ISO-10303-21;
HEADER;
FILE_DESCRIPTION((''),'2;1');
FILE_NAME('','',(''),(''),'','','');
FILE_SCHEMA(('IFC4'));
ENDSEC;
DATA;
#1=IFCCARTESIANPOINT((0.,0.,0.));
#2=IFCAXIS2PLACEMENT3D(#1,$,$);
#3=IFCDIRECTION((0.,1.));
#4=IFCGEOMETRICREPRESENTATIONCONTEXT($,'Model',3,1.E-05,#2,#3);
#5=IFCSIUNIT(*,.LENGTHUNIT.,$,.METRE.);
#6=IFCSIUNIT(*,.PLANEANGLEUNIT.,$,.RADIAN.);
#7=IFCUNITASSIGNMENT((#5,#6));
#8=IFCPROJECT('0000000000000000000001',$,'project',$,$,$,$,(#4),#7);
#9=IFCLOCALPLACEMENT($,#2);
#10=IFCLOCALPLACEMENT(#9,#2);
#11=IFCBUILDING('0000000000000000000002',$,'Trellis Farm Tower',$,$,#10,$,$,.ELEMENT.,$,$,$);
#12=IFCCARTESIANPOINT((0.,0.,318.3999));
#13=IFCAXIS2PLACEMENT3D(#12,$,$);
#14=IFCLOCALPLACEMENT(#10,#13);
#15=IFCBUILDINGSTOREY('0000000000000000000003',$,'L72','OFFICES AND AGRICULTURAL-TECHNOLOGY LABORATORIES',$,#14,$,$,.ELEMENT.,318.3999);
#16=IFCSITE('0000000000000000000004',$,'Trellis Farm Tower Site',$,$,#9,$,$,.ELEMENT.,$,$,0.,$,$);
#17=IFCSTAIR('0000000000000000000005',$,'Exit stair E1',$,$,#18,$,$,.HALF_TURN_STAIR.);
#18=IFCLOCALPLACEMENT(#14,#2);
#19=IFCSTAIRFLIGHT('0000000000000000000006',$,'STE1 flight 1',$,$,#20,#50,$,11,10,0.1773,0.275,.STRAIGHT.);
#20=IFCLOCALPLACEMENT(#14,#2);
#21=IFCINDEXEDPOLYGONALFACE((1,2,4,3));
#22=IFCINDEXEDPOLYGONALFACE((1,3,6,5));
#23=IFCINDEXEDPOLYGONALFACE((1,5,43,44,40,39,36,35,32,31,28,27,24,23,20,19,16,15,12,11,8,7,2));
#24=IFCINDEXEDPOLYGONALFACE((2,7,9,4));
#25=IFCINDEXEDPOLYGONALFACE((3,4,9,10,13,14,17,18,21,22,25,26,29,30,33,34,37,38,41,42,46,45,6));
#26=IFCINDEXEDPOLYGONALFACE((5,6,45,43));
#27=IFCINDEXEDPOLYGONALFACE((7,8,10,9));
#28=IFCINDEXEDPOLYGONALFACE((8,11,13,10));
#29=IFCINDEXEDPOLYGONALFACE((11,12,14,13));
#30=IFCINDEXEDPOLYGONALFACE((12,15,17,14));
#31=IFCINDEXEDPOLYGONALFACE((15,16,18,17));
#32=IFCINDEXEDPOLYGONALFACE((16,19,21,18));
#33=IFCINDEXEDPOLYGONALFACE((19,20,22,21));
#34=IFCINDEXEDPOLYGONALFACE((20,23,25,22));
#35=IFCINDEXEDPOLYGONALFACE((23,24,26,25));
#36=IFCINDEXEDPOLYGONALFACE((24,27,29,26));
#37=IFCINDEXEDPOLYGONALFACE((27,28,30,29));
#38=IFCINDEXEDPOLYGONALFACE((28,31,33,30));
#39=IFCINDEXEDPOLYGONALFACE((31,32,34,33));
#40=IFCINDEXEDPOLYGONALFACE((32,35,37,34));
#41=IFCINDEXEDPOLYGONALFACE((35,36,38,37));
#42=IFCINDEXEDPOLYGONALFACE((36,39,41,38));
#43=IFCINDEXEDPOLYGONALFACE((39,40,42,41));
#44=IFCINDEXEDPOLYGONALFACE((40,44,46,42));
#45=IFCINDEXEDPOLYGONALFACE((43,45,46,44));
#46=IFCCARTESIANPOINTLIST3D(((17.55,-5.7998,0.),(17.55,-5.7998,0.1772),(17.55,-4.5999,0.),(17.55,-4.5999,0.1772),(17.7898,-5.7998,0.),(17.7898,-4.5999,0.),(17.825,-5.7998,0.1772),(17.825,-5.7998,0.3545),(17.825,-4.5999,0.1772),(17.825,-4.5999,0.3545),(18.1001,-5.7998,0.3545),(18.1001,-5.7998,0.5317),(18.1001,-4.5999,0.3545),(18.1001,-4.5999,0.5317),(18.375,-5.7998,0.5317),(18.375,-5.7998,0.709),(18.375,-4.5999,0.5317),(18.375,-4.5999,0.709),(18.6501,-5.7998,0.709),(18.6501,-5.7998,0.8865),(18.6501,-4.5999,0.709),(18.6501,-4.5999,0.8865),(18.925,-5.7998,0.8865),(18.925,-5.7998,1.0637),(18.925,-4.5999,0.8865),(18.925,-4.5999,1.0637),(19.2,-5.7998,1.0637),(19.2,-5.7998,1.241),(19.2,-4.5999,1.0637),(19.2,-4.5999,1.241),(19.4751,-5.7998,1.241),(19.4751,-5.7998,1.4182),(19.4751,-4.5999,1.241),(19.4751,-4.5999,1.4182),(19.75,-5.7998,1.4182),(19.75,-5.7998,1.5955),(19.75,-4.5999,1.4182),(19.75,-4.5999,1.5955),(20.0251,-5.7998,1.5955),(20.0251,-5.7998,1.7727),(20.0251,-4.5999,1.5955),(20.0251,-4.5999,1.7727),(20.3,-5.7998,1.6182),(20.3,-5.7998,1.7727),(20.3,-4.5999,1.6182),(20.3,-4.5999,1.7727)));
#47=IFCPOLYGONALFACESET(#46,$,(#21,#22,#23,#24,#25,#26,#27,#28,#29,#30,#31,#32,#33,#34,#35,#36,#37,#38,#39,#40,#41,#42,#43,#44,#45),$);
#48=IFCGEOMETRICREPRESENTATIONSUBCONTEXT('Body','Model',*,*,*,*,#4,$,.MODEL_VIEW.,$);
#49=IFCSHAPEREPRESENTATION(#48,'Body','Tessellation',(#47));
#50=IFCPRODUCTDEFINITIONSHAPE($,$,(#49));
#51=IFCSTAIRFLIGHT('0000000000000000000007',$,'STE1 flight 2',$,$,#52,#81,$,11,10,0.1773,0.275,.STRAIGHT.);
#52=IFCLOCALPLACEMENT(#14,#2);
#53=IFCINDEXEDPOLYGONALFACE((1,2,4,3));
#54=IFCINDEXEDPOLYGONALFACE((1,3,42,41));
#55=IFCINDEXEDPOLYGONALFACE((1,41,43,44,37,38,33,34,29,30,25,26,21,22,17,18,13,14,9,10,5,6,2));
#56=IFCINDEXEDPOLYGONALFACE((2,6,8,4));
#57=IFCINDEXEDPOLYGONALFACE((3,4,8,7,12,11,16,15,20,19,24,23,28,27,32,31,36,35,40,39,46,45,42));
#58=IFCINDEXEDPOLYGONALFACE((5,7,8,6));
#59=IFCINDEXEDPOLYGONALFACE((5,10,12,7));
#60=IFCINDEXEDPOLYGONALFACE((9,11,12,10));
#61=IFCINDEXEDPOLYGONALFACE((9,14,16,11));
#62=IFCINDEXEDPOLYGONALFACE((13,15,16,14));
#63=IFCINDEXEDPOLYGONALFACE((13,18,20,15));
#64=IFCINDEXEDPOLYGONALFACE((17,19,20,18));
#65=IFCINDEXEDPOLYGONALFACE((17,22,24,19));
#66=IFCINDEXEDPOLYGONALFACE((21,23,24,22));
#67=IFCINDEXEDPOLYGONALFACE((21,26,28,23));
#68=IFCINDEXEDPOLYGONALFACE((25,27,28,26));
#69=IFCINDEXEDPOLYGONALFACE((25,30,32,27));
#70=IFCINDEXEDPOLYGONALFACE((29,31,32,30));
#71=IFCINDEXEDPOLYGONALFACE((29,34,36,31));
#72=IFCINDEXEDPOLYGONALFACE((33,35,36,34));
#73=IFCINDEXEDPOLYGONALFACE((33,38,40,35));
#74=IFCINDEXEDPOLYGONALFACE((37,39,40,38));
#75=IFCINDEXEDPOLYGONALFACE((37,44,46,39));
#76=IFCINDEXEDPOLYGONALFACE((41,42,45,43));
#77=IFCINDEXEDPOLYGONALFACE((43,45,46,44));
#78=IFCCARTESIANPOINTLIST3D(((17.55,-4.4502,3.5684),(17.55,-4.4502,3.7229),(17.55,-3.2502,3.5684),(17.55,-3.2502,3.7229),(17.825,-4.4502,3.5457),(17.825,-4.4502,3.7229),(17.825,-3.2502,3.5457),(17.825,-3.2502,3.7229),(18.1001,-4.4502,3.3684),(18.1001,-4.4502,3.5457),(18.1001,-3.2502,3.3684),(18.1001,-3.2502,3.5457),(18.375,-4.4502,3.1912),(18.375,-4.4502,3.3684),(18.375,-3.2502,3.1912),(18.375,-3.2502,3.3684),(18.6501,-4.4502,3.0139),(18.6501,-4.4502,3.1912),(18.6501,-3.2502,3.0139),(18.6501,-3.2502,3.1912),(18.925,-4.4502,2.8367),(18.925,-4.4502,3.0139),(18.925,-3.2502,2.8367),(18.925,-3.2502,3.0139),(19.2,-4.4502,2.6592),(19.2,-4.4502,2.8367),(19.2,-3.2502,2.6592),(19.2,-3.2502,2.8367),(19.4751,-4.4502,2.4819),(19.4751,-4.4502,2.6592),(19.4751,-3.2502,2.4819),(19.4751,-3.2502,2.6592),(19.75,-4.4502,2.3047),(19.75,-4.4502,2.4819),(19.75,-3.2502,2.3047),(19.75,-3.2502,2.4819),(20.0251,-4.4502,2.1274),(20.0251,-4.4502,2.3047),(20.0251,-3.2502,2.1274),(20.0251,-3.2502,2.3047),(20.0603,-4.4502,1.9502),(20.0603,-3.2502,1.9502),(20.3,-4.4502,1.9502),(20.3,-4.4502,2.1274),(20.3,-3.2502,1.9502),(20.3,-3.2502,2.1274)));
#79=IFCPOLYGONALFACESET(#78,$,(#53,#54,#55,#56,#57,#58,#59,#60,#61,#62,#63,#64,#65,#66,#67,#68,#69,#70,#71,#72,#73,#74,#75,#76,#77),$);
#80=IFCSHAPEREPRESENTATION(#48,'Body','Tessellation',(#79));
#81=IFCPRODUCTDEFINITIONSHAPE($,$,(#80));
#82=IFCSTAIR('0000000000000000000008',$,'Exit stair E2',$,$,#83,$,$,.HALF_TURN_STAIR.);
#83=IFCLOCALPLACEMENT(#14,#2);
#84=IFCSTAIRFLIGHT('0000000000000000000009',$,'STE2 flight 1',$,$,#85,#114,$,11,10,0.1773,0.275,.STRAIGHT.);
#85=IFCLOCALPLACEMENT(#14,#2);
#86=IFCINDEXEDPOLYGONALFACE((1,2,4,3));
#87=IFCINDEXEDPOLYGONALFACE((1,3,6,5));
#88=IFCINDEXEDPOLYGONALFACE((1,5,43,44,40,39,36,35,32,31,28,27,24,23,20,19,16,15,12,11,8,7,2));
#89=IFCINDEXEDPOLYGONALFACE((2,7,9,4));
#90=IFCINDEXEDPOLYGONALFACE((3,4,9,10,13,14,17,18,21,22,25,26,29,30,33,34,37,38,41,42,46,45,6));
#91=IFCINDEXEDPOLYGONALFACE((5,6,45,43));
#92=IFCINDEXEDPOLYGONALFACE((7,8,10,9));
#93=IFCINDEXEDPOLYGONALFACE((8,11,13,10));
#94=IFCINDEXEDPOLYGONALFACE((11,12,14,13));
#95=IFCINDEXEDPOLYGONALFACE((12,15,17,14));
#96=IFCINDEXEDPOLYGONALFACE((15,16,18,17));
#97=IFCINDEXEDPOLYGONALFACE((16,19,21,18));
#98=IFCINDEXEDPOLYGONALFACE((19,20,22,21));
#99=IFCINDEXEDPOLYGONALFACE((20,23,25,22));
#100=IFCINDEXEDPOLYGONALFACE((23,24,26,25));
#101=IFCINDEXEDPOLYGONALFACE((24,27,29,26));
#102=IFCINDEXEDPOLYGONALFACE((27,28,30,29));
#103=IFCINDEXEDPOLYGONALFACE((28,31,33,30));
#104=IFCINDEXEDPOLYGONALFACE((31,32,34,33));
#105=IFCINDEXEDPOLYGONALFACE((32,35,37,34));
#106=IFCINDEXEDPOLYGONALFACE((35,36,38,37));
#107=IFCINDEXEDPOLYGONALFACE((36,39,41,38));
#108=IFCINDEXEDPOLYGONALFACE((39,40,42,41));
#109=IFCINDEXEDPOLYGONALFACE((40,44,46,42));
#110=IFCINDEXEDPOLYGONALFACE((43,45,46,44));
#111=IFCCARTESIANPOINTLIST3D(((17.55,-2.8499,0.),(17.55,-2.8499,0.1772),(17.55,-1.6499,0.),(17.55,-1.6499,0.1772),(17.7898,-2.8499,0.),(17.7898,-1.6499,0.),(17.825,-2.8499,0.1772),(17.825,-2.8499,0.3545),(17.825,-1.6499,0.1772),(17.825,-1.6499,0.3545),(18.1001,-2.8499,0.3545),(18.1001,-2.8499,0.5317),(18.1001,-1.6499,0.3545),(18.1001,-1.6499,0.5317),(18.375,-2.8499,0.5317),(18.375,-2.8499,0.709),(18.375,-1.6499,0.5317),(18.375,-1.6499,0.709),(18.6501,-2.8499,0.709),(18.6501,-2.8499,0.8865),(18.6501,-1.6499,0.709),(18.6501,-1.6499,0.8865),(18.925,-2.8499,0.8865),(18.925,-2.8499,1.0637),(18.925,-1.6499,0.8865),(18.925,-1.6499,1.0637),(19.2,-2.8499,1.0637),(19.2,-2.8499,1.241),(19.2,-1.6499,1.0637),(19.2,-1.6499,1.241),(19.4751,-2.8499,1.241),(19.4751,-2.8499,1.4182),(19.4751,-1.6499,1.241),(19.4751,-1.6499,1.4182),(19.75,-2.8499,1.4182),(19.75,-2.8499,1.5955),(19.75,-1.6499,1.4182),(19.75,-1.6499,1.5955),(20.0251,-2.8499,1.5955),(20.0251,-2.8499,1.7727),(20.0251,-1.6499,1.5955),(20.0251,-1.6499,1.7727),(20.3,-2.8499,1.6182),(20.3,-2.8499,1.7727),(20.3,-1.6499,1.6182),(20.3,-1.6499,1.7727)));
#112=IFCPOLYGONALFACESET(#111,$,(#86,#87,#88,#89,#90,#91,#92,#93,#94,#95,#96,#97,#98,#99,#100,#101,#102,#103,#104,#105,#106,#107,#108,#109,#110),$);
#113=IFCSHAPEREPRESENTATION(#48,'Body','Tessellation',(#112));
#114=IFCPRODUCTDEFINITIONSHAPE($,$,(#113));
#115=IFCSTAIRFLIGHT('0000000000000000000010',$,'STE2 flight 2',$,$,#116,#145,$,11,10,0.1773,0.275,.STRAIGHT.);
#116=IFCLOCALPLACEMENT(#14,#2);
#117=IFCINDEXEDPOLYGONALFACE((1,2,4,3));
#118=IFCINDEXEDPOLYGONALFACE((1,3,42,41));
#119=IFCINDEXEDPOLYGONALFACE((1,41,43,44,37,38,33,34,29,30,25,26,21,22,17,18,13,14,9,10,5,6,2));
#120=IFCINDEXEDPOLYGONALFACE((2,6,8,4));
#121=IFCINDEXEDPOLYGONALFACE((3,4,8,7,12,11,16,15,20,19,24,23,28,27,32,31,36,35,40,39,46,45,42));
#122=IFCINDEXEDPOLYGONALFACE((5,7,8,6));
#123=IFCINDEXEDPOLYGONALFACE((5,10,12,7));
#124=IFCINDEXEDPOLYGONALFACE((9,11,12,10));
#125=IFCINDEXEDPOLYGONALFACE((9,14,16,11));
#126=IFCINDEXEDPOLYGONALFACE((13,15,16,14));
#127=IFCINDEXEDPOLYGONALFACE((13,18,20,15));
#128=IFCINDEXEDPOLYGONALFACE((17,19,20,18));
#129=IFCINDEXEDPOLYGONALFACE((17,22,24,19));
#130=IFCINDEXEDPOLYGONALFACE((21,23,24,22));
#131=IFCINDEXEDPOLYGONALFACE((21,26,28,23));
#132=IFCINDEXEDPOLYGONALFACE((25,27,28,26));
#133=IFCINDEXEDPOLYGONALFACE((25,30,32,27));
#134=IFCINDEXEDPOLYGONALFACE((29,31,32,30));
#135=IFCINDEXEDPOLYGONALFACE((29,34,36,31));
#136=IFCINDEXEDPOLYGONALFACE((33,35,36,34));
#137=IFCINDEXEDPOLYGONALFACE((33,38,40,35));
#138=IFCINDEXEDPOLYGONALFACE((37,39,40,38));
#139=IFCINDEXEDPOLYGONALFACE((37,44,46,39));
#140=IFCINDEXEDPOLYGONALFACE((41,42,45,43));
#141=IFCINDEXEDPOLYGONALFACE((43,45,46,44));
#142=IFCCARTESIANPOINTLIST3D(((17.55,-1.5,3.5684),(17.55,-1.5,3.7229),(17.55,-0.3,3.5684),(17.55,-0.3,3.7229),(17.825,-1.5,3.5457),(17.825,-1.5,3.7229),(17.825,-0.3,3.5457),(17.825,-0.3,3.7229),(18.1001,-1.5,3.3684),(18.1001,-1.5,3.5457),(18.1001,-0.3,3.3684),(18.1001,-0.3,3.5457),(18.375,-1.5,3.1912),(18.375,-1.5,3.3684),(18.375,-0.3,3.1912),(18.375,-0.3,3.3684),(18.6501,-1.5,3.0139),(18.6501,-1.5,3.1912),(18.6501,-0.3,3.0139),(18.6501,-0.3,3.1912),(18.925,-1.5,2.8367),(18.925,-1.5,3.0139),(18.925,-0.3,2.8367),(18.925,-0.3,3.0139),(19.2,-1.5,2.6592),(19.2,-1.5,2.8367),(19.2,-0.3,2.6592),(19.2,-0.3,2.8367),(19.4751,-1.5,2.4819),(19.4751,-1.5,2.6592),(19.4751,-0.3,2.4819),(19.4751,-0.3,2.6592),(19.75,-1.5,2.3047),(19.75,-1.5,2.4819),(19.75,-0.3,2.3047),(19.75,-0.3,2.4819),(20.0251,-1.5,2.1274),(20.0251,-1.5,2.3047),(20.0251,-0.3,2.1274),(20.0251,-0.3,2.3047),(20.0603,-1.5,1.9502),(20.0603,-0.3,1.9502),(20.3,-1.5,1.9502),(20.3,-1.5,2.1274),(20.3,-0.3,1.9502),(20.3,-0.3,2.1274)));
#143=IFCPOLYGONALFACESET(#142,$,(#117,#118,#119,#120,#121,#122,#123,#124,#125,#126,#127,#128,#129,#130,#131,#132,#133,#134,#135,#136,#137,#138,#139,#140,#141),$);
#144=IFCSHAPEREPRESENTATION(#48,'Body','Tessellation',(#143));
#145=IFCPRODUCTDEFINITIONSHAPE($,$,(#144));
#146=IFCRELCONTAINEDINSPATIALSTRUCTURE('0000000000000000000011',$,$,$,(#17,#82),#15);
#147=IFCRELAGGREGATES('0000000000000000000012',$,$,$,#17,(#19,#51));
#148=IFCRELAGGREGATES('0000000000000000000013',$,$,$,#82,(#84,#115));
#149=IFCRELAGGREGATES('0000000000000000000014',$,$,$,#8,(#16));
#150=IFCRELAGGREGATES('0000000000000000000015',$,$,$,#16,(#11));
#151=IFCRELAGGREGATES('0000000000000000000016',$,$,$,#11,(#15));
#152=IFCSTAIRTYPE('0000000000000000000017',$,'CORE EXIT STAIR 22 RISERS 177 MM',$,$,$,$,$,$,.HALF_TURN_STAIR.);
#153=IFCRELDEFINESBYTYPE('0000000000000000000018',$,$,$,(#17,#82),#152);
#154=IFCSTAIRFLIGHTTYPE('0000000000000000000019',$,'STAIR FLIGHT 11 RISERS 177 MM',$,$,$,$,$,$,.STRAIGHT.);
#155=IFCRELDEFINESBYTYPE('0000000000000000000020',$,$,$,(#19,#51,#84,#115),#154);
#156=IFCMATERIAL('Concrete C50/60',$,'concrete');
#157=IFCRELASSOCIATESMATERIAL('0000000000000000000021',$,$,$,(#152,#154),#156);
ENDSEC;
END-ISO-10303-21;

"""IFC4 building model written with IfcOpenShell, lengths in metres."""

from ifc_helpers import new_model, si_unit, direction, frame, origin, place, context, subcontext, project, spatial, polyline, outline, extrude, source, transform, mapped, material, type_object, element, aggregate, save


model = new_model("IFC4")

# Units and contexts
model_context = context("Model", 3, precision=1e-05, world=origin(), true_north=direction((0.0, 1.0)))
body_context = subcontext(model_context, "Body", "Model", "MODEL_VIEW")
ifc_project = project(units=[si_unit("LENGTHUNIT", "METRE"), si_unit("PLANEANGLEUNIT", "RADIAN")], contexts=[model_context])

# Site, building, storey
site_placement = place(None, origin())
site = spatial("IfcSite", under=ifc_project, at=site_placement, Name="Trellis Farm Tower Site", CompositionType="ELEMENT", RefElevation=0.0)
building_placement = place(site_placement, origin())
building = spatial("IfcBuilding", under=site, at=building_placement, Name="Trellis Farm Tower", CompositionType="ELEMENT")
storey_placement = place(building_placement, frame((0.0, 0.0, 318.3999)))
storey = spatial("IfcBuildingStorey", under=building, at=storey_placement, Name="L72", Description="OFFICES AND AGRICULTURAL-TECHNOLOGY LABORATORIES", CompositionType="ELEMENT", Elevation=318.3999)

# Shared definitions
placement = place(storey_placement, origin())

# Shared definitions
ifc_material_1 = material(Name="Concrete C50/60", Category="concrete")

# Stairs, stair flights
stair_type = type_object("IfcStairType", Name="CORE EXIT STAIR 22 RISERS 177 MM", PredefinedType="HALF_TURN_STAIR", material=ifc_material_1)
stair_1 = element("IfcStair", 1, at=placement, inside=storey, type_object=stair_type, Name="Exit stair E1", PredefinedType="HALF_TURN_STAIR")
stair_flight_type = type_object("IfcStairFlightType", Name="STAIR FLIGHT 11 RISERS 177 MM", PredefinedType="STRAIGHT", material=ifc_material_1)
shared_shape_1 = source(origin(), body_context, "Body", "SweptSolid", [
    extrude(outline(polyline([(0.0, 0.0), (0.0, 0.1772), (0.2749, 0.1772), (0.2749, 0.3545), (0.55, 0.3545), (0.55, 0.5317), (0.825, 0.5317), (0.825, 0.709), (1.1001, 0.709), (1.1001, 0.8865), (1.375, 0.8865), (1.375, 1.0637), (1.6499, 1.0637), (1.6499, 1.241), (1.925, 1.241), (1.925, 1.4182), (2.2, 1.4182), (2.2, 1.5955), (2.4751, 1.5955), (2.4751, 1.7727), (2.75, 1.7727), (2.75, 1.95), (2.75, 1.6182), (0.2397, 0.0), (0.0, 0.0)])), frame((0.0, 0.6001, 0.0), z_axis=(0.0, -1.0, 0.0), x_axis=(1.0, 0.0, 0.0)), (0.0, 0.0, 1.0), 1.2),
])
stair_flight_1_placement = place(storey_placement, frame((17.55, -5.2, 0.0), z_axis=(0.0, 0.0, 1.0), x_axis=(1.0, 0.0, 0.0)))
stair_flight_1 = element("IfcStairFlight", 2, at=stair_flight_1_placement, type_object=stair_flight_type, Name="STE1 flight 1", NumberOfRisers=11, NumberOfTreads=10, PredefinedType="STRAIGHT", RiserHeight=0.1773, TreadLength=0.275, context=body_context, shape_type="MappedRepresentation", body=[
    mapped(shared_shape_1, transform((0.0, 0.0, 0.0))),
])
stair_flight_2_placement = place(storey_placement, frame((20.3, -3.8501, 1.9502), z_axis=(0.0, 0.0, 1.0), x_axis=(-1.0, 0.0, 0.0)))
stair_flight_2 = element("IfcStairFlight", 3, at=stair_flight_2_placement, type_object=stair_flight_type, Name="STE1 flight 2", NumberOfRisers=11, NumberOfTreads=10, PredefinedType="STRAIGHT", RiserHeight=0.1773, TreadLength=0.275, context=body_context, shape_type="MappedRepresentation", body=[
    mapped(shared_shape_1, transform((0.0, 0.0, 0.0))),
])
aggregate(stair_1, [stair_flight_1, stair_flight_2])
stair_2 = element("IfcStair", 4, at=placement, inside=storey, type_object=stair_type, Name="Exit stair E2", PredefinedType="HALF_TURN_STAIR")
stair_flight_3_placement = place(storey_placement, frame((17.55, -2.25, 0.0), z_axis=(0.0, 0.0, 1.0), x_axis=(1.0, 0.0, 0.0)))
stair_flight_3 = element("IfcStairFlight", 5, at=stair_flight_3_placement, type_object=stair_flight_type, Name="STE2 flight 1", NumberOfRisers=11, NumberOfTreads=10, PredefinedType="STRAIGHT", RiserHeight=0.1773, TreadLength=0.275, context=body_context, shape_type="MappedRepresentation", body=[
    mapped(shared_shape_1, transform((0.0, 0.0, 0.0))),
])
stair_flight_4_placement = place(storey_placement, frame((20.3, -0.8999, 1.9502), z_axis=(0.0, 0.0, 1.0), x_axis=(-1.0, 0.0, 0.0)))
stair_flight_4 = element("IfcStairFlight", 6, at=stair_flight_4_placement, type_object=stair_flight_type, Name="STE2 flight 2", NumberOfRisers=11, NumberOfTreads=10, PredefinedType="STRAIGHT", RiserHeight=0.1773, TreadLength=0.275, context=body_context, shape_type="MappedRepresentation", body=[
    mapped(shared_shape_1, transform((0.0, 0.0, 0.0))),
])
aggregate(stair_2, [stair_flight_3, stair_flight_4])

save(model, "model.ifc")
